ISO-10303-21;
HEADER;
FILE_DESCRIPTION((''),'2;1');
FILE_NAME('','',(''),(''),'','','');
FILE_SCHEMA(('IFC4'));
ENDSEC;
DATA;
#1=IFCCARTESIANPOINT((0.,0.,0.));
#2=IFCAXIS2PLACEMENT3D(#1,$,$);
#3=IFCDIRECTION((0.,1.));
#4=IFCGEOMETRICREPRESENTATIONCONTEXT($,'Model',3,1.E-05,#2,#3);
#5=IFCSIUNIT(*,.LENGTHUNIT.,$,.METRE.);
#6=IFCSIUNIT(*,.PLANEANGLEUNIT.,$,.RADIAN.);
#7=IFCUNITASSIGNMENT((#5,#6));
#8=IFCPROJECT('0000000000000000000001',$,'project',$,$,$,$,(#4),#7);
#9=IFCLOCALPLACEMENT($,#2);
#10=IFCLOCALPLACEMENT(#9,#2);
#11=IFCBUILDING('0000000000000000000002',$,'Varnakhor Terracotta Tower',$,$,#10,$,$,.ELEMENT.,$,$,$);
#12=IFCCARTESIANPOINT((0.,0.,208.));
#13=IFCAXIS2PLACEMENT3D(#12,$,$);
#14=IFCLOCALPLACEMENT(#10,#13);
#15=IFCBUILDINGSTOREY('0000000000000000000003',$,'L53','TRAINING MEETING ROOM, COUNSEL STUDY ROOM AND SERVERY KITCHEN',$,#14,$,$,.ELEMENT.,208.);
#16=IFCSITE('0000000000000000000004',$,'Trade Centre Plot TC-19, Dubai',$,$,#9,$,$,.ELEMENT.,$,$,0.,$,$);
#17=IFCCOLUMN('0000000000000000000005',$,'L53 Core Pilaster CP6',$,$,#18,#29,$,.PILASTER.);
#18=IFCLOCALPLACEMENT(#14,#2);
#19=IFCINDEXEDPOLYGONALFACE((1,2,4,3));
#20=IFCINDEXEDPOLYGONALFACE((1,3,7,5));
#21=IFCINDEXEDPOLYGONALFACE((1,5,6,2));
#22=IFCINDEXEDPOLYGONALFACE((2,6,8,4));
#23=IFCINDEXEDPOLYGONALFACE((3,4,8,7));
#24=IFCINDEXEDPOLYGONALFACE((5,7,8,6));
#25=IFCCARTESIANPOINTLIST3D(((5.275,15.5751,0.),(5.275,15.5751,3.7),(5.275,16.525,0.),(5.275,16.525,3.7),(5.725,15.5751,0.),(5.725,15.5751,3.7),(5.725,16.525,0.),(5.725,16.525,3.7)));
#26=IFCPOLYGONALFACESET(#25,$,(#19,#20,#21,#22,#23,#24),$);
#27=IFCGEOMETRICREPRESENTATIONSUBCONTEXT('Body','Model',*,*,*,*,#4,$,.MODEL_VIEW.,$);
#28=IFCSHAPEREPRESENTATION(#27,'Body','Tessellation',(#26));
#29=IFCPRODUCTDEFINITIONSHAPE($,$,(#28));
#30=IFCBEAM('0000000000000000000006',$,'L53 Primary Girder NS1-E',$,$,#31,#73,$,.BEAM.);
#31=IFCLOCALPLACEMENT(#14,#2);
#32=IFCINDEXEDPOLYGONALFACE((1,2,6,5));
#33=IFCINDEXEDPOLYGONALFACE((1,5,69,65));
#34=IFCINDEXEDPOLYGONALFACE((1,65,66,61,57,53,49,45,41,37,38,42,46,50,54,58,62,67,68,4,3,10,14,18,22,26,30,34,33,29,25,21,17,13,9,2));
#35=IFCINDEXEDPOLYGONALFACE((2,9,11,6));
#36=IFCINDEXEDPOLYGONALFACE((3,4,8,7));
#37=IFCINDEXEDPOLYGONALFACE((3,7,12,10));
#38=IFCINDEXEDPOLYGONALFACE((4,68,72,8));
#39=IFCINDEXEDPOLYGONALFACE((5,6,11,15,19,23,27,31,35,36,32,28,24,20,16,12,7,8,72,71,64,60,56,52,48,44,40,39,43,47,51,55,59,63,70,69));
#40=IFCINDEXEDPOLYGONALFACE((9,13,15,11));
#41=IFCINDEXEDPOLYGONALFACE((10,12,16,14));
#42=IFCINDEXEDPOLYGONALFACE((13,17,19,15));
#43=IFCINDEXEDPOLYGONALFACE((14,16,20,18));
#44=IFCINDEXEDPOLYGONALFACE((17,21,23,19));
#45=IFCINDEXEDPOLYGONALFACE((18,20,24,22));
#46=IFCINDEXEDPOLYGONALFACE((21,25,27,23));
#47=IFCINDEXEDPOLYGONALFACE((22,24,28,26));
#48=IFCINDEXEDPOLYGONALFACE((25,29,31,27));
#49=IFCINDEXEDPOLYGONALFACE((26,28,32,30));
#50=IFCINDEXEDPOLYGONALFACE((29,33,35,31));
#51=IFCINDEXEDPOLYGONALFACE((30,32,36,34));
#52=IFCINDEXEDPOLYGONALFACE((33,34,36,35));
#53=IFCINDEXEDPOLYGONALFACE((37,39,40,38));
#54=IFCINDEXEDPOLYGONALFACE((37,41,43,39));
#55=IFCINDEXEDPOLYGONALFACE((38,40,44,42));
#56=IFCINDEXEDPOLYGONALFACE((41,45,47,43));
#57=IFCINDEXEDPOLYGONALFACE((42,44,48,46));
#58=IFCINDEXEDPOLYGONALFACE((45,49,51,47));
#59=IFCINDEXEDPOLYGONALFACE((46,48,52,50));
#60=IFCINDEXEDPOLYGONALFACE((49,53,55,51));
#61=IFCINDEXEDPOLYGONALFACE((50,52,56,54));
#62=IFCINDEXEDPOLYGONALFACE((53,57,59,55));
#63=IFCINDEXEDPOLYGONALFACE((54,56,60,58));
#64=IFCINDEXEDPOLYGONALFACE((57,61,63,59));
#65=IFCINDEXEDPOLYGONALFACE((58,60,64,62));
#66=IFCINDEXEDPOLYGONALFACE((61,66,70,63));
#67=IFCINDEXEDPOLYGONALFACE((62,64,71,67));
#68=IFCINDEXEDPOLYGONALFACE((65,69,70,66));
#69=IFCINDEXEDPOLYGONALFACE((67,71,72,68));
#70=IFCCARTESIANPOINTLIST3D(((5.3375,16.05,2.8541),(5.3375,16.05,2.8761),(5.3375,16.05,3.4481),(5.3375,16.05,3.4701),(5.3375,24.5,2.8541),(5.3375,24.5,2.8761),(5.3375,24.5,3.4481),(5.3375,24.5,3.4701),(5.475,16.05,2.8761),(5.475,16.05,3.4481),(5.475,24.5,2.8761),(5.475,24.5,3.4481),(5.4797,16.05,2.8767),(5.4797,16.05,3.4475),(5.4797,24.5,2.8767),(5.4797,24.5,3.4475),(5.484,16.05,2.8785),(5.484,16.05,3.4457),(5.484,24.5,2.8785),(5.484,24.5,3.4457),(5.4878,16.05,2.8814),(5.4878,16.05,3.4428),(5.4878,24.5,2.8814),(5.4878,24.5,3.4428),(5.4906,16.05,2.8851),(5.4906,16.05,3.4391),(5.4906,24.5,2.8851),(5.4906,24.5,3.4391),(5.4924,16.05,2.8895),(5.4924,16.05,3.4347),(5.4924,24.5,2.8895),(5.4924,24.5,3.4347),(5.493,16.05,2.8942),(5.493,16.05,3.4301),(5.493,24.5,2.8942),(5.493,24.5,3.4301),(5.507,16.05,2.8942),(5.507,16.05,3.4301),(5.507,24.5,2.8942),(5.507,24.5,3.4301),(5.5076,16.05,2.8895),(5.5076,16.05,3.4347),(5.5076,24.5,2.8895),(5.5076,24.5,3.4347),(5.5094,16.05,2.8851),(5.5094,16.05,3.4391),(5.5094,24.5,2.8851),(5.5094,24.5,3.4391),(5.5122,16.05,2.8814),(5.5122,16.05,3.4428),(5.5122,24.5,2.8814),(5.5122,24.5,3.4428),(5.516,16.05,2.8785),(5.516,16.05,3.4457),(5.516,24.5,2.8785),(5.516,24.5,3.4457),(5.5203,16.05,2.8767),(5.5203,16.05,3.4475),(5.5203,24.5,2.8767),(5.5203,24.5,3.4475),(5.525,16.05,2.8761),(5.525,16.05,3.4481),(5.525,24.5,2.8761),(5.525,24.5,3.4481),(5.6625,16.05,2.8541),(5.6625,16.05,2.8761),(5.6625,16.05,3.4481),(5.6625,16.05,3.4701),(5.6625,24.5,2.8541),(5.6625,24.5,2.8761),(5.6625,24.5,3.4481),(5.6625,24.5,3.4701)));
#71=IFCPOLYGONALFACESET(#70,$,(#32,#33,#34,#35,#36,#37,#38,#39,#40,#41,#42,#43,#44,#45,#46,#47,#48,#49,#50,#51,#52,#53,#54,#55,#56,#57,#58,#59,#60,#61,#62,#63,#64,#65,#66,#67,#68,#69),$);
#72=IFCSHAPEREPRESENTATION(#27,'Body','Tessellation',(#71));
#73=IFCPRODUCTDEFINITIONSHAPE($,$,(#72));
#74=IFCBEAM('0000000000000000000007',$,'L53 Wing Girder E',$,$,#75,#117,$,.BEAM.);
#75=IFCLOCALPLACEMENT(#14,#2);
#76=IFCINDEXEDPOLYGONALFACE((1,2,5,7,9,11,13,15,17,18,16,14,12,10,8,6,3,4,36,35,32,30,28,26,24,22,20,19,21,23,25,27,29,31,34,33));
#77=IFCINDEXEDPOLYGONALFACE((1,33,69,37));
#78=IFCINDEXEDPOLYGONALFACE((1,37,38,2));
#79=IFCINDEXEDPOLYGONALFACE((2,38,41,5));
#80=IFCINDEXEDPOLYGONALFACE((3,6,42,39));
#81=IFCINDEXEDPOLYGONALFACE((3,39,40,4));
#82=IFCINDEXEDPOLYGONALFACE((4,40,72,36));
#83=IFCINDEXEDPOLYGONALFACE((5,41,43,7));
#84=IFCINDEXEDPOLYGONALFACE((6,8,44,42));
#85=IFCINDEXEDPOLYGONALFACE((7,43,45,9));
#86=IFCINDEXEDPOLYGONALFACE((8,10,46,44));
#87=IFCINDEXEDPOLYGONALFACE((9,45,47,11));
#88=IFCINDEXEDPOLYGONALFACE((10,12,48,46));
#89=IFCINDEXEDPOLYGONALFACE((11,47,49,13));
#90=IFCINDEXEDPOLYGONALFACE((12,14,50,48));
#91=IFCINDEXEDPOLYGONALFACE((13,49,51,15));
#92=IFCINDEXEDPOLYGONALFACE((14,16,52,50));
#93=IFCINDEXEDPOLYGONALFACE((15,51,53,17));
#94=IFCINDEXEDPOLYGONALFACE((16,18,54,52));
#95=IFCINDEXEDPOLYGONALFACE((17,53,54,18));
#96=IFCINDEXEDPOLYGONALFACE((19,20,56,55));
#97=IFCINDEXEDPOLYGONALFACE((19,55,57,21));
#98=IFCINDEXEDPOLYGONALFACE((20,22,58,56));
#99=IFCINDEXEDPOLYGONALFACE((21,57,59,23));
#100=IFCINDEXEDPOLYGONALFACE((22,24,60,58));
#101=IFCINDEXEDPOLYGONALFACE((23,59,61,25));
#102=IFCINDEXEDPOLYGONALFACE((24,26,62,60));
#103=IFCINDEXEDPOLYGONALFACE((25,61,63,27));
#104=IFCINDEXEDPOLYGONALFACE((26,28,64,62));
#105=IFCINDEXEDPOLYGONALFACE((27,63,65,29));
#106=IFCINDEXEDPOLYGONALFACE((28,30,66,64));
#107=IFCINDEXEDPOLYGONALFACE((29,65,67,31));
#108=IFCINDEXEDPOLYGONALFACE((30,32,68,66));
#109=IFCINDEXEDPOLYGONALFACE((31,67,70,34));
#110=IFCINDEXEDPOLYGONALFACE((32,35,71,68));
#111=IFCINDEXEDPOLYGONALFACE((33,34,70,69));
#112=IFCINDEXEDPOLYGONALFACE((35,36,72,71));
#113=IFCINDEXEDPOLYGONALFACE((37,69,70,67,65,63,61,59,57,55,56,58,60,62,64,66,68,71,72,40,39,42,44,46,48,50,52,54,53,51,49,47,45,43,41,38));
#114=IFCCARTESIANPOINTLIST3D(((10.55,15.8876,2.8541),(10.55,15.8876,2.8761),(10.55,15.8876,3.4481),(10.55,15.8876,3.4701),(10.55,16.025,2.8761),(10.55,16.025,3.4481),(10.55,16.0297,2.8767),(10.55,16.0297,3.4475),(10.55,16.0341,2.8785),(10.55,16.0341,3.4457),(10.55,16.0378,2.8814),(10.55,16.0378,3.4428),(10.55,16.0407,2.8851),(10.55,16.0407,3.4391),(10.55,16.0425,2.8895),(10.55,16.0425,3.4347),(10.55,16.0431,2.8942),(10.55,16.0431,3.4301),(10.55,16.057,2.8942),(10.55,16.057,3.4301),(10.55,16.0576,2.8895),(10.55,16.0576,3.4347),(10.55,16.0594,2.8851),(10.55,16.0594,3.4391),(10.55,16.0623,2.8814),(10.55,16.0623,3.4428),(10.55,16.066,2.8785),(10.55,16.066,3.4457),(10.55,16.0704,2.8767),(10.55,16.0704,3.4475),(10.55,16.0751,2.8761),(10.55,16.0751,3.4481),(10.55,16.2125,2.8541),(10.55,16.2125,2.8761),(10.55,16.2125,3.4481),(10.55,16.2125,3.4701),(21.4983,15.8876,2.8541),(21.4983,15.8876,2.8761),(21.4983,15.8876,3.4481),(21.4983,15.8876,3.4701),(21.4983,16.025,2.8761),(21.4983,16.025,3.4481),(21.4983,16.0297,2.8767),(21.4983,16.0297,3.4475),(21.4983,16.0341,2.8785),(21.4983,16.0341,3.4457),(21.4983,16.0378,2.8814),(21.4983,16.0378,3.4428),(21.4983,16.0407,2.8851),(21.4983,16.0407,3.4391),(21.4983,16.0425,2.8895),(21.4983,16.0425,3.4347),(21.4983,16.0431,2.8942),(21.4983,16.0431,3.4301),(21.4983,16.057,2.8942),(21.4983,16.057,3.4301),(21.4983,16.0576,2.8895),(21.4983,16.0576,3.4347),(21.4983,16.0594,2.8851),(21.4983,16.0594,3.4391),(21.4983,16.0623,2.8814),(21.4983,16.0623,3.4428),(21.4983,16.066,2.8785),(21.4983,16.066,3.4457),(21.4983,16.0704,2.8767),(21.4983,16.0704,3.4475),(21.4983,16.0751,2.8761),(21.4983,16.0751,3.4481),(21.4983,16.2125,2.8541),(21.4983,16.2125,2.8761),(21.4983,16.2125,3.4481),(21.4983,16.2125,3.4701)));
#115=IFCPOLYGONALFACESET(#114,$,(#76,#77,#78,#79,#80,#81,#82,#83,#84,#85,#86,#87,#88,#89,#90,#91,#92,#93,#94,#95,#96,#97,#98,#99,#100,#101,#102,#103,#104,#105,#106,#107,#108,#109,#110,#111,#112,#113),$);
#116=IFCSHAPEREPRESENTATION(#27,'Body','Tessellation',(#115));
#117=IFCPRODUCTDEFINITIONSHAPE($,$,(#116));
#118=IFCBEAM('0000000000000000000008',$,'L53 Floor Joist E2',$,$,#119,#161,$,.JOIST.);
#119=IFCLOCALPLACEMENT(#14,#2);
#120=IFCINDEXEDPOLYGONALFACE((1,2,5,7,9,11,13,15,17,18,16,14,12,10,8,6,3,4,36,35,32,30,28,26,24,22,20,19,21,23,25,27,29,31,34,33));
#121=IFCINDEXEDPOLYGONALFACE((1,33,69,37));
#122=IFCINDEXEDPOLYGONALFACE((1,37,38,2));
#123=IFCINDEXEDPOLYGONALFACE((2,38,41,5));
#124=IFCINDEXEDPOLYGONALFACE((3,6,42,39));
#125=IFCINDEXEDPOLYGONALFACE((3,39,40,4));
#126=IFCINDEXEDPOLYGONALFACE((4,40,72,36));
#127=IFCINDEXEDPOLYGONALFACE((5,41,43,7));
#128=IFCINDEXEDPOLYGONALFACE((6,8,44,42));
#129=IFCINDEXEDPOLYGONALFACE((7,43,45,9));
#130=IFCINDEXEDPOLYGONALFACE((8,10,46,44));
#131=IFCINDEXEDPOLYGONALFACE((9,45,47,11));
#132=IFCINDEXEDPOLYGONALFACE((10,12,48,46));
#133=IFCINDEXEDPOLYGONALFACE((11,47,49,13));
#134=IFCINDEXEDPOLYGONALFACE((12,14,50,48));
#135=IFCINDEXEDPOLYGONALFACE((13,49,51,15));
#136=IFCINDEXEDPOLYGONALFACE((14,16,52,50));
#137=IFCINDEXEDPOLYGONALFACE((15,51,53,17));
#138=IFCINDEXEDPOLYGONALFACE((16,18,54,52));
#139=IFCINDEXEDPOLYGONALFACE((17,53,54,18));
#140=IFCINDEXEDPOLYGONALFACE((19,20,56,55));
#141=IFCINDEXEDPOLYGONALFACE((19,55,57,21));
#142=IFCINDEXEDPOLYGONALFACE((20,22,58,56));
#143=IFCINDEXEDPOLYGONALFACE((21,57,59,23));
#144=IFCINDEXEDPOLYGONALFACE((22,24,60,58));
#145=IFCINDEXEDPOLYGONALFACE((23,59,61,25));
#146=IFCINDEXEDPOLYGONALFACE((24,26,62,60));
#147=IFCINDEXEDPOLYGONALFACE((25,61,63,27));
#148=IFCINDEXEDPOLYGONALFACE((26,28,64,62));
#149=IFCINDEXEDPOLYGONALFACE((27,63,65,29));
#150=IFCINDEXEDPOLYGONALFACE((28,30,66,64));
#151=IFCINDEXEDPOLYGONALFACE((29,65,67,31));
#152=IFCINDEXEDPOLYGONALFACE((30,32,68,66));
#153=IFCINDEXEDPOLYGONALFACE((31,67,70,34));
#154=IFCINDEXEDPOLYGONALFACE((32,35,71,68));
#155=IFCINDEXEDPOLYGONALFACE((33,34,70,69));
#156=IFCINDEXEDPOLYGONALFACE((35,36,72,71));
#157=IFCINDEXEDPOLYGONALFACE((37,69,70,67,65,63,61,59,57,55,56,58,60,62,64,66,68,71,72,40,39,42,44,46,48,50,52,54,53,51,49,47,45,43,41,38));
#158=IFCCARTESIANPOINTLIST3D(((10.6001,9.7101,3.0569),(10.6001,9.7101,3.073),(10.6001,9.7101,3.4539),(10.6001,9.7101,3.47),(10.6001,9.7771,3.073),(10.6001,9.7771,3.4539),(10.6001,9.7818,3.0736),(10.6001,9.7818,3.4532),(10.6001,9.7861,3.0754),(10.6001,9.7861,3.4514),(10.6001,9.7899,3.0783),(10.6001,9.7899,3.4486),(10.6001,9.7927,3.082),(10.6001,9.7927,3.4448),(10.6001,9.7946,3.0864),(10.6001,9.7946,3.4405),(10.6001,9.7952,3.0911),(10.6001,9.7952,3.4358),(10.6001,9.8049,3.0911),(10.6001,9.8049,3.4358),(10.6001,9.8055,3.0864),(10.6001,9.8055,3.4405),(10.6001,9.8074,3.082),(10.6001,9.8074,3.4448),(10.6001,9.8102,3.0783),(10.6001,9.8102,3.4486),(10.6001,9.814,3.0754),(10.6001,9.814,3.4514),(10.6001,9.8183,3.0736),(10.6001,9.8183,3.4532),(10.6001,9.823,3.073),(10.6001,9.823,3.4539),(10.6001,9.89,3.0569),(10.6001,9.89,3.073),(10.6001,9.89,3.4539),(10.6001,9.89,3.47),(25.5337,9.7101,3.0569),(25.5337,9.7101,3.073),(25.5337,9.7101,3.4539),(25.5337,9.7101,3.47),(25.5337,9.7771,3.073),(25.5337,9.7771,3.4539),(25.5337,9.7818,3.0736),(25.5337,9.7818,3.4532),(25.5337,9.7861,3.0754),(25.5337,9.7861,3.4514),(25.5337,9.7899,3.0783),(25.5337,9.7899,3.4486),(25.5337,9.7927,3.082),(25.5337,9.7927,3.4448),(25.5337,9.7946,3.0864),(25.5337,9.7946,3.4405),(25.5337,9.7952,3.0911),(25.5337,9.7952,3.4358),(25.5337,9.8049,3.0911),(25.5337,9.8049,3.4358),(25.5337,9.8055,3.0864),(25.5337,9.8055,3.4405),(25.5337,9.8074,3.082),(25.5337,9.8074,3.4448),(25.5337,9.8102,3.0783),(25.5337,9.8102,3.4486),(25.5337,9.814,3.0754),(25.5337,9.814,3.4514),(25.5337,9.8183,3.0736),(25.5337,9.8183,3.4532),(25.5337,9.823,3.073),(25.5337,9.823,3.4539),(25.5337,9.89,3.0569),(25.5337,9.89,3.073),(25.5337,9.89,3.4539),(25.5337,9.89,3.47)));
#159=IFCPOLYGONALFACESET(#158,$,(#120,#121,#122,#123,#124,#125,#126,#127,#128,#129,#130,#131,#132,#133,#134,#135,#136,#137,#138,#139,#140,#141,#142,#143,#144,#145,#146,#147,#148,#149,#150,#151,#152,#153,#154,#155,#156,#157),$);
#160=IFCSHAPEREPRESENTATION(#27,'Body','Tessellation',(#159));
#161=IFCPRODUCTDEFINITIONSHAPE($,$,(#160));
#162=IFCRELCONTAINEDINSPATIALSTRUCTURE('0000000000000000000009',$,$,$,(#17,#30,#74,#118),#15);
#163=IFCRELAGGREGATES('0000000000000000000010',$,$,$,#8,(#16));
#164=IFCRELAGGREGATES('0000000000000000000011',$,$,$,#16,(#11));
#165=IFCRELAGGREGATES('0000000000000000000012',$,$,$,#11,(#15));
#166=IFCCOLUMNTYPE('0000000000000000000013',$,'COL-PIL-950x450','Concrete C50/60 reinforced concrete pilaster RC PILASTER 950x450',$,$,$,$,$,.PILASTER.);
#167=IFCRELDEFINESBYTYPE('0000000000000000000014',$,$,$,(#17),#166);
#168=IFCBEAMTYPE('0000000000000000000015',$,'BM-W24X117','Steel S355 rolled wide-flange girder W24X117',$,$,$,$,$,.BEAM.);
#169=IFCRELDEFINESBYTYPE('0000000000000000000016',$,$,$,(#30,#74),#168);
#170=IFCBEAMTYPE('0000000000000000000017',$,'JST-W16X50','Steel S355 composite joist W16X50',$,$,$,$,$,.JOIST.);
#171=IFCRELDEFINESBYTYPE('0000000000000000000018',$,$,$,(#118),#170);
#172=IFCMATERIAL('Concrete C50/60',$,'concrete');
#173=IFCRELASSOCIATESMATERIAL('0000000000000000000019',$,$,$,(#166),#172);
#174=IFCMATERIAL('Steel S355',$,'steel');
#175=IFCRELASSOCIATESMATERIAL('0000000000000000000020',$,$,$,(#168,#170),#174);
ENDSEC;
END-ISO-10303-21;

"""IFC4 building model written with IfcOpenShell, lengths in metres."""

from ifc_helpers import new_model, si_unit, direction, frame, origin, origin_2d, place, context, subcontext, project, spatial, rectangle, i_section, extrude, source, transform, mapped, material, material_profile, profile_set, type_object, type_shapes, element, save


model = new_model("IFC4")

# Units and contexts
model_context = context("Model", 3, precision=1e-05, world=origin(), true_north=direction((0.0, 1.0)))
body_context = subcontext(model_context, "Body", "Model", "MODEL_VIEW")
ifc_project = project(units=[si_unit("LENGTHUNIT", "METRE"), si_unit("PLANEANGLEUNIT", "RADIAN")], contexts=[model_context])

# Site, building, storey
site_placement = place(None, origin())
site = spatial("IfcSite", under=ifc_project, at=site_placement, Name="Trade Centre Plot TC-19, Dubai", CompositionType="ELEMENT", RefElevation=0.0)
building_placement = place(site_placement, origin())
building = spatial("IfcBuilding", under=site, at=building_placement, Name="Varnakhor Terracotta Tower", CompositionType="ELEMENT")
storey_placement = place(building_placement, frame((0.0, 0.0, 208.0)))
storey = spatial("IfcBuildingStorey", under=building, at=storey_placement, Name="L53", Description="TRAINING MEETING ROOM, COUNSEL STUDY ROOM AND SERVERY KITCHEN", CompositionType="ELEMENT", Elevation=208.0)

# Column
ifc_material_1 = material(Name="Concrete C50/60", Category="concrete")
ifc_material_profile_1 = material_profile(ifc_material_1, rectangle(XDim=0.45, YDim=0.95, at=origin_2d()), Name="RC PILASTER 950x450")
ifc_profile_set_1 = profile_set([ifc_material_profile_1], Name="Concrete C50/60")
column_type = type_object("IfcColumnType", Name="COL-PIL-950x450", Description="Concrete C50/60 reinforced concrete pilaster RC PILASTER 950x450", PredefinedType="PILASTER", material=ifc_profile_set_1)
shared_shape_1 = source(origin(), body_context, "Body", "SweptSolid", [
    extrude(rectangle(XDim=0.45, YDim=0.95, at=origin_2d()), origin(), (0.0, 0.0, 1.0), 3.7),
])
column_placement = place(storey_placement, frame((5.5, 16.05, 0.0), z_axis=(0.0, 0.0, 1.0), x_axis=(1.0, 0.0, 0.0)))
element("IfcColumn", 1, at=column_placement, inside=storey, type_object=column_type, Name="L53 Core Pilaster CP6", PredefinedType="PILASTER", context=body_context, shape_type="MappedRepresentation", body=[
    mapped(shared_shape_1, transform((0.0, 0.0, 0.0), scale=1.0)),
])

# Beams
ifc_material_2 = material(Name="Steel S355", Category="steel")
ifc_material_profile_2 = material_profile(ifc_material_2, i_section(OverallWidth=0.325, OverallDepth=0.616, WebThickness=0.0139, FlangeThickness=0.022, FilletRadius=0.0181, at=origin_2d()), Name="W24X117")
ifc_profile_set_2 = profile_set([ifc_material_profile_2], Name="Steel S355")
beam_type_1 = type_object("IfcBeamType", Name="BM-W24X117", Description="Steel S355 rolled wide-flange girder W24X117", PredefinedType="BEAM", material=ifc_profile_set_2)
shared_shape_2 = source(origin(), body_context, "Body", "SweptSolid", [
    extrude(i_section(OverallWidth=0.325, OverallDepth=0.616, WebThickness=0.0139, FlangeThickness=0.022, FilletRadius=0.0181, at=origin_2d()), origin(), (0.0, 0.0, 1.0), 8.45),
])
type_shapes(beam_type_1, [shared_shape_2])
beam_1_placement = place(storey_placement, frame((5.5, 16.05, 3.1621), z_axis=(0.0, 1.0, 0.0), x_axis=(-1.0, 0.0, 0.0)))
element("IfcBeam", 2, at=beam_1_placement, inside=storey, type_object=beam_type_1, Name="L53 Primary Girder NS1-E", PredefinedType="BEAM", context=body_context, shape_type="MappedRepresentation", body=[
    mapped(shared_shape_2, transform((0.0, 0.0, 0.0), scale=1.0)),
])
shared_shape_3 = source(origin(), body_context, "Body", "SweptSolid", [
    extrude(i_section(OverallWidth=0.325, OverallDepth=0.616, WebThickness=0.0139, FlangeThickness=0.022, FilletRadius=0.0181, at=origin_2d()), origin(), (0.0, 0.0, 1.0), 10.9482),
])
beam_2_placement = place(storey_placement, frame((10.55, 16.05, 3.1621), z_axis=(1.0, 0.0, 0.0), x_axis=(0.0, 1.0, 0.0)))
element("IfcBeam", 3, at=beam_2_placement, inside=storey, type_object=beam_type_1, Name="L53 Wing Girder E", PredefinedType="BEAM", context=body_context, shape_type="MappedRepresentation", body=[
    mapped(shared_shape_3, transform((0.0, 0.0, 0.0), scale=1.0)),
])
ifc_material_profile_3 = material_profile(ifc_material_2, i_section(OverallWidth=0.1799, OverallDepth=0.4131, WebThickness=0.0098, FlangeThickness=0.0161, FilletRadius=0.0181, at=origin_2d()), Name="W16X50")
ifc_profile_set_3 = profile_set([ifc_material_profile_3], Name="Steel S355")
beam_type_2 = type_object("IfcBeamType", Name="JST-W16X50", Description="Steel S355 composite joist W16X50", PredefinedType="JOIST", material=ifc_profile_set_3)
shared_shape_4 = source(origin(), body_context, "Body", "SweptSolid", [
    extrude(i_section(OverallWidth=0.1799, OverallDepth=0.4131, WebThickness=0.0098, FlangeThickness=0.0161, FilletRadius=0.0181, at=origin_2d()), origin(), (0.0, 0.0, 1.0), 14.9336),
])
beam_3_placement = place(storey_placement, frame((10.6001, 9.8, 3.2634), z_axis=(1.0, 0.0, 0.0), x_axis=(0.0, 1.0, 0.0)))
element("IfcBeam", 4, at=beam_3_placement, inside=storey, type_object=beam_type_2, Name="L53 Floor Joist E2", PredefinedType="JOIST", context=body_context, shape_type="MappedRepresentation", body=[
    mapped(shared_shape_4, transform((0.0, 0.0, 0.0), scale=1.0)),
])

save(model, "model.ifc")
